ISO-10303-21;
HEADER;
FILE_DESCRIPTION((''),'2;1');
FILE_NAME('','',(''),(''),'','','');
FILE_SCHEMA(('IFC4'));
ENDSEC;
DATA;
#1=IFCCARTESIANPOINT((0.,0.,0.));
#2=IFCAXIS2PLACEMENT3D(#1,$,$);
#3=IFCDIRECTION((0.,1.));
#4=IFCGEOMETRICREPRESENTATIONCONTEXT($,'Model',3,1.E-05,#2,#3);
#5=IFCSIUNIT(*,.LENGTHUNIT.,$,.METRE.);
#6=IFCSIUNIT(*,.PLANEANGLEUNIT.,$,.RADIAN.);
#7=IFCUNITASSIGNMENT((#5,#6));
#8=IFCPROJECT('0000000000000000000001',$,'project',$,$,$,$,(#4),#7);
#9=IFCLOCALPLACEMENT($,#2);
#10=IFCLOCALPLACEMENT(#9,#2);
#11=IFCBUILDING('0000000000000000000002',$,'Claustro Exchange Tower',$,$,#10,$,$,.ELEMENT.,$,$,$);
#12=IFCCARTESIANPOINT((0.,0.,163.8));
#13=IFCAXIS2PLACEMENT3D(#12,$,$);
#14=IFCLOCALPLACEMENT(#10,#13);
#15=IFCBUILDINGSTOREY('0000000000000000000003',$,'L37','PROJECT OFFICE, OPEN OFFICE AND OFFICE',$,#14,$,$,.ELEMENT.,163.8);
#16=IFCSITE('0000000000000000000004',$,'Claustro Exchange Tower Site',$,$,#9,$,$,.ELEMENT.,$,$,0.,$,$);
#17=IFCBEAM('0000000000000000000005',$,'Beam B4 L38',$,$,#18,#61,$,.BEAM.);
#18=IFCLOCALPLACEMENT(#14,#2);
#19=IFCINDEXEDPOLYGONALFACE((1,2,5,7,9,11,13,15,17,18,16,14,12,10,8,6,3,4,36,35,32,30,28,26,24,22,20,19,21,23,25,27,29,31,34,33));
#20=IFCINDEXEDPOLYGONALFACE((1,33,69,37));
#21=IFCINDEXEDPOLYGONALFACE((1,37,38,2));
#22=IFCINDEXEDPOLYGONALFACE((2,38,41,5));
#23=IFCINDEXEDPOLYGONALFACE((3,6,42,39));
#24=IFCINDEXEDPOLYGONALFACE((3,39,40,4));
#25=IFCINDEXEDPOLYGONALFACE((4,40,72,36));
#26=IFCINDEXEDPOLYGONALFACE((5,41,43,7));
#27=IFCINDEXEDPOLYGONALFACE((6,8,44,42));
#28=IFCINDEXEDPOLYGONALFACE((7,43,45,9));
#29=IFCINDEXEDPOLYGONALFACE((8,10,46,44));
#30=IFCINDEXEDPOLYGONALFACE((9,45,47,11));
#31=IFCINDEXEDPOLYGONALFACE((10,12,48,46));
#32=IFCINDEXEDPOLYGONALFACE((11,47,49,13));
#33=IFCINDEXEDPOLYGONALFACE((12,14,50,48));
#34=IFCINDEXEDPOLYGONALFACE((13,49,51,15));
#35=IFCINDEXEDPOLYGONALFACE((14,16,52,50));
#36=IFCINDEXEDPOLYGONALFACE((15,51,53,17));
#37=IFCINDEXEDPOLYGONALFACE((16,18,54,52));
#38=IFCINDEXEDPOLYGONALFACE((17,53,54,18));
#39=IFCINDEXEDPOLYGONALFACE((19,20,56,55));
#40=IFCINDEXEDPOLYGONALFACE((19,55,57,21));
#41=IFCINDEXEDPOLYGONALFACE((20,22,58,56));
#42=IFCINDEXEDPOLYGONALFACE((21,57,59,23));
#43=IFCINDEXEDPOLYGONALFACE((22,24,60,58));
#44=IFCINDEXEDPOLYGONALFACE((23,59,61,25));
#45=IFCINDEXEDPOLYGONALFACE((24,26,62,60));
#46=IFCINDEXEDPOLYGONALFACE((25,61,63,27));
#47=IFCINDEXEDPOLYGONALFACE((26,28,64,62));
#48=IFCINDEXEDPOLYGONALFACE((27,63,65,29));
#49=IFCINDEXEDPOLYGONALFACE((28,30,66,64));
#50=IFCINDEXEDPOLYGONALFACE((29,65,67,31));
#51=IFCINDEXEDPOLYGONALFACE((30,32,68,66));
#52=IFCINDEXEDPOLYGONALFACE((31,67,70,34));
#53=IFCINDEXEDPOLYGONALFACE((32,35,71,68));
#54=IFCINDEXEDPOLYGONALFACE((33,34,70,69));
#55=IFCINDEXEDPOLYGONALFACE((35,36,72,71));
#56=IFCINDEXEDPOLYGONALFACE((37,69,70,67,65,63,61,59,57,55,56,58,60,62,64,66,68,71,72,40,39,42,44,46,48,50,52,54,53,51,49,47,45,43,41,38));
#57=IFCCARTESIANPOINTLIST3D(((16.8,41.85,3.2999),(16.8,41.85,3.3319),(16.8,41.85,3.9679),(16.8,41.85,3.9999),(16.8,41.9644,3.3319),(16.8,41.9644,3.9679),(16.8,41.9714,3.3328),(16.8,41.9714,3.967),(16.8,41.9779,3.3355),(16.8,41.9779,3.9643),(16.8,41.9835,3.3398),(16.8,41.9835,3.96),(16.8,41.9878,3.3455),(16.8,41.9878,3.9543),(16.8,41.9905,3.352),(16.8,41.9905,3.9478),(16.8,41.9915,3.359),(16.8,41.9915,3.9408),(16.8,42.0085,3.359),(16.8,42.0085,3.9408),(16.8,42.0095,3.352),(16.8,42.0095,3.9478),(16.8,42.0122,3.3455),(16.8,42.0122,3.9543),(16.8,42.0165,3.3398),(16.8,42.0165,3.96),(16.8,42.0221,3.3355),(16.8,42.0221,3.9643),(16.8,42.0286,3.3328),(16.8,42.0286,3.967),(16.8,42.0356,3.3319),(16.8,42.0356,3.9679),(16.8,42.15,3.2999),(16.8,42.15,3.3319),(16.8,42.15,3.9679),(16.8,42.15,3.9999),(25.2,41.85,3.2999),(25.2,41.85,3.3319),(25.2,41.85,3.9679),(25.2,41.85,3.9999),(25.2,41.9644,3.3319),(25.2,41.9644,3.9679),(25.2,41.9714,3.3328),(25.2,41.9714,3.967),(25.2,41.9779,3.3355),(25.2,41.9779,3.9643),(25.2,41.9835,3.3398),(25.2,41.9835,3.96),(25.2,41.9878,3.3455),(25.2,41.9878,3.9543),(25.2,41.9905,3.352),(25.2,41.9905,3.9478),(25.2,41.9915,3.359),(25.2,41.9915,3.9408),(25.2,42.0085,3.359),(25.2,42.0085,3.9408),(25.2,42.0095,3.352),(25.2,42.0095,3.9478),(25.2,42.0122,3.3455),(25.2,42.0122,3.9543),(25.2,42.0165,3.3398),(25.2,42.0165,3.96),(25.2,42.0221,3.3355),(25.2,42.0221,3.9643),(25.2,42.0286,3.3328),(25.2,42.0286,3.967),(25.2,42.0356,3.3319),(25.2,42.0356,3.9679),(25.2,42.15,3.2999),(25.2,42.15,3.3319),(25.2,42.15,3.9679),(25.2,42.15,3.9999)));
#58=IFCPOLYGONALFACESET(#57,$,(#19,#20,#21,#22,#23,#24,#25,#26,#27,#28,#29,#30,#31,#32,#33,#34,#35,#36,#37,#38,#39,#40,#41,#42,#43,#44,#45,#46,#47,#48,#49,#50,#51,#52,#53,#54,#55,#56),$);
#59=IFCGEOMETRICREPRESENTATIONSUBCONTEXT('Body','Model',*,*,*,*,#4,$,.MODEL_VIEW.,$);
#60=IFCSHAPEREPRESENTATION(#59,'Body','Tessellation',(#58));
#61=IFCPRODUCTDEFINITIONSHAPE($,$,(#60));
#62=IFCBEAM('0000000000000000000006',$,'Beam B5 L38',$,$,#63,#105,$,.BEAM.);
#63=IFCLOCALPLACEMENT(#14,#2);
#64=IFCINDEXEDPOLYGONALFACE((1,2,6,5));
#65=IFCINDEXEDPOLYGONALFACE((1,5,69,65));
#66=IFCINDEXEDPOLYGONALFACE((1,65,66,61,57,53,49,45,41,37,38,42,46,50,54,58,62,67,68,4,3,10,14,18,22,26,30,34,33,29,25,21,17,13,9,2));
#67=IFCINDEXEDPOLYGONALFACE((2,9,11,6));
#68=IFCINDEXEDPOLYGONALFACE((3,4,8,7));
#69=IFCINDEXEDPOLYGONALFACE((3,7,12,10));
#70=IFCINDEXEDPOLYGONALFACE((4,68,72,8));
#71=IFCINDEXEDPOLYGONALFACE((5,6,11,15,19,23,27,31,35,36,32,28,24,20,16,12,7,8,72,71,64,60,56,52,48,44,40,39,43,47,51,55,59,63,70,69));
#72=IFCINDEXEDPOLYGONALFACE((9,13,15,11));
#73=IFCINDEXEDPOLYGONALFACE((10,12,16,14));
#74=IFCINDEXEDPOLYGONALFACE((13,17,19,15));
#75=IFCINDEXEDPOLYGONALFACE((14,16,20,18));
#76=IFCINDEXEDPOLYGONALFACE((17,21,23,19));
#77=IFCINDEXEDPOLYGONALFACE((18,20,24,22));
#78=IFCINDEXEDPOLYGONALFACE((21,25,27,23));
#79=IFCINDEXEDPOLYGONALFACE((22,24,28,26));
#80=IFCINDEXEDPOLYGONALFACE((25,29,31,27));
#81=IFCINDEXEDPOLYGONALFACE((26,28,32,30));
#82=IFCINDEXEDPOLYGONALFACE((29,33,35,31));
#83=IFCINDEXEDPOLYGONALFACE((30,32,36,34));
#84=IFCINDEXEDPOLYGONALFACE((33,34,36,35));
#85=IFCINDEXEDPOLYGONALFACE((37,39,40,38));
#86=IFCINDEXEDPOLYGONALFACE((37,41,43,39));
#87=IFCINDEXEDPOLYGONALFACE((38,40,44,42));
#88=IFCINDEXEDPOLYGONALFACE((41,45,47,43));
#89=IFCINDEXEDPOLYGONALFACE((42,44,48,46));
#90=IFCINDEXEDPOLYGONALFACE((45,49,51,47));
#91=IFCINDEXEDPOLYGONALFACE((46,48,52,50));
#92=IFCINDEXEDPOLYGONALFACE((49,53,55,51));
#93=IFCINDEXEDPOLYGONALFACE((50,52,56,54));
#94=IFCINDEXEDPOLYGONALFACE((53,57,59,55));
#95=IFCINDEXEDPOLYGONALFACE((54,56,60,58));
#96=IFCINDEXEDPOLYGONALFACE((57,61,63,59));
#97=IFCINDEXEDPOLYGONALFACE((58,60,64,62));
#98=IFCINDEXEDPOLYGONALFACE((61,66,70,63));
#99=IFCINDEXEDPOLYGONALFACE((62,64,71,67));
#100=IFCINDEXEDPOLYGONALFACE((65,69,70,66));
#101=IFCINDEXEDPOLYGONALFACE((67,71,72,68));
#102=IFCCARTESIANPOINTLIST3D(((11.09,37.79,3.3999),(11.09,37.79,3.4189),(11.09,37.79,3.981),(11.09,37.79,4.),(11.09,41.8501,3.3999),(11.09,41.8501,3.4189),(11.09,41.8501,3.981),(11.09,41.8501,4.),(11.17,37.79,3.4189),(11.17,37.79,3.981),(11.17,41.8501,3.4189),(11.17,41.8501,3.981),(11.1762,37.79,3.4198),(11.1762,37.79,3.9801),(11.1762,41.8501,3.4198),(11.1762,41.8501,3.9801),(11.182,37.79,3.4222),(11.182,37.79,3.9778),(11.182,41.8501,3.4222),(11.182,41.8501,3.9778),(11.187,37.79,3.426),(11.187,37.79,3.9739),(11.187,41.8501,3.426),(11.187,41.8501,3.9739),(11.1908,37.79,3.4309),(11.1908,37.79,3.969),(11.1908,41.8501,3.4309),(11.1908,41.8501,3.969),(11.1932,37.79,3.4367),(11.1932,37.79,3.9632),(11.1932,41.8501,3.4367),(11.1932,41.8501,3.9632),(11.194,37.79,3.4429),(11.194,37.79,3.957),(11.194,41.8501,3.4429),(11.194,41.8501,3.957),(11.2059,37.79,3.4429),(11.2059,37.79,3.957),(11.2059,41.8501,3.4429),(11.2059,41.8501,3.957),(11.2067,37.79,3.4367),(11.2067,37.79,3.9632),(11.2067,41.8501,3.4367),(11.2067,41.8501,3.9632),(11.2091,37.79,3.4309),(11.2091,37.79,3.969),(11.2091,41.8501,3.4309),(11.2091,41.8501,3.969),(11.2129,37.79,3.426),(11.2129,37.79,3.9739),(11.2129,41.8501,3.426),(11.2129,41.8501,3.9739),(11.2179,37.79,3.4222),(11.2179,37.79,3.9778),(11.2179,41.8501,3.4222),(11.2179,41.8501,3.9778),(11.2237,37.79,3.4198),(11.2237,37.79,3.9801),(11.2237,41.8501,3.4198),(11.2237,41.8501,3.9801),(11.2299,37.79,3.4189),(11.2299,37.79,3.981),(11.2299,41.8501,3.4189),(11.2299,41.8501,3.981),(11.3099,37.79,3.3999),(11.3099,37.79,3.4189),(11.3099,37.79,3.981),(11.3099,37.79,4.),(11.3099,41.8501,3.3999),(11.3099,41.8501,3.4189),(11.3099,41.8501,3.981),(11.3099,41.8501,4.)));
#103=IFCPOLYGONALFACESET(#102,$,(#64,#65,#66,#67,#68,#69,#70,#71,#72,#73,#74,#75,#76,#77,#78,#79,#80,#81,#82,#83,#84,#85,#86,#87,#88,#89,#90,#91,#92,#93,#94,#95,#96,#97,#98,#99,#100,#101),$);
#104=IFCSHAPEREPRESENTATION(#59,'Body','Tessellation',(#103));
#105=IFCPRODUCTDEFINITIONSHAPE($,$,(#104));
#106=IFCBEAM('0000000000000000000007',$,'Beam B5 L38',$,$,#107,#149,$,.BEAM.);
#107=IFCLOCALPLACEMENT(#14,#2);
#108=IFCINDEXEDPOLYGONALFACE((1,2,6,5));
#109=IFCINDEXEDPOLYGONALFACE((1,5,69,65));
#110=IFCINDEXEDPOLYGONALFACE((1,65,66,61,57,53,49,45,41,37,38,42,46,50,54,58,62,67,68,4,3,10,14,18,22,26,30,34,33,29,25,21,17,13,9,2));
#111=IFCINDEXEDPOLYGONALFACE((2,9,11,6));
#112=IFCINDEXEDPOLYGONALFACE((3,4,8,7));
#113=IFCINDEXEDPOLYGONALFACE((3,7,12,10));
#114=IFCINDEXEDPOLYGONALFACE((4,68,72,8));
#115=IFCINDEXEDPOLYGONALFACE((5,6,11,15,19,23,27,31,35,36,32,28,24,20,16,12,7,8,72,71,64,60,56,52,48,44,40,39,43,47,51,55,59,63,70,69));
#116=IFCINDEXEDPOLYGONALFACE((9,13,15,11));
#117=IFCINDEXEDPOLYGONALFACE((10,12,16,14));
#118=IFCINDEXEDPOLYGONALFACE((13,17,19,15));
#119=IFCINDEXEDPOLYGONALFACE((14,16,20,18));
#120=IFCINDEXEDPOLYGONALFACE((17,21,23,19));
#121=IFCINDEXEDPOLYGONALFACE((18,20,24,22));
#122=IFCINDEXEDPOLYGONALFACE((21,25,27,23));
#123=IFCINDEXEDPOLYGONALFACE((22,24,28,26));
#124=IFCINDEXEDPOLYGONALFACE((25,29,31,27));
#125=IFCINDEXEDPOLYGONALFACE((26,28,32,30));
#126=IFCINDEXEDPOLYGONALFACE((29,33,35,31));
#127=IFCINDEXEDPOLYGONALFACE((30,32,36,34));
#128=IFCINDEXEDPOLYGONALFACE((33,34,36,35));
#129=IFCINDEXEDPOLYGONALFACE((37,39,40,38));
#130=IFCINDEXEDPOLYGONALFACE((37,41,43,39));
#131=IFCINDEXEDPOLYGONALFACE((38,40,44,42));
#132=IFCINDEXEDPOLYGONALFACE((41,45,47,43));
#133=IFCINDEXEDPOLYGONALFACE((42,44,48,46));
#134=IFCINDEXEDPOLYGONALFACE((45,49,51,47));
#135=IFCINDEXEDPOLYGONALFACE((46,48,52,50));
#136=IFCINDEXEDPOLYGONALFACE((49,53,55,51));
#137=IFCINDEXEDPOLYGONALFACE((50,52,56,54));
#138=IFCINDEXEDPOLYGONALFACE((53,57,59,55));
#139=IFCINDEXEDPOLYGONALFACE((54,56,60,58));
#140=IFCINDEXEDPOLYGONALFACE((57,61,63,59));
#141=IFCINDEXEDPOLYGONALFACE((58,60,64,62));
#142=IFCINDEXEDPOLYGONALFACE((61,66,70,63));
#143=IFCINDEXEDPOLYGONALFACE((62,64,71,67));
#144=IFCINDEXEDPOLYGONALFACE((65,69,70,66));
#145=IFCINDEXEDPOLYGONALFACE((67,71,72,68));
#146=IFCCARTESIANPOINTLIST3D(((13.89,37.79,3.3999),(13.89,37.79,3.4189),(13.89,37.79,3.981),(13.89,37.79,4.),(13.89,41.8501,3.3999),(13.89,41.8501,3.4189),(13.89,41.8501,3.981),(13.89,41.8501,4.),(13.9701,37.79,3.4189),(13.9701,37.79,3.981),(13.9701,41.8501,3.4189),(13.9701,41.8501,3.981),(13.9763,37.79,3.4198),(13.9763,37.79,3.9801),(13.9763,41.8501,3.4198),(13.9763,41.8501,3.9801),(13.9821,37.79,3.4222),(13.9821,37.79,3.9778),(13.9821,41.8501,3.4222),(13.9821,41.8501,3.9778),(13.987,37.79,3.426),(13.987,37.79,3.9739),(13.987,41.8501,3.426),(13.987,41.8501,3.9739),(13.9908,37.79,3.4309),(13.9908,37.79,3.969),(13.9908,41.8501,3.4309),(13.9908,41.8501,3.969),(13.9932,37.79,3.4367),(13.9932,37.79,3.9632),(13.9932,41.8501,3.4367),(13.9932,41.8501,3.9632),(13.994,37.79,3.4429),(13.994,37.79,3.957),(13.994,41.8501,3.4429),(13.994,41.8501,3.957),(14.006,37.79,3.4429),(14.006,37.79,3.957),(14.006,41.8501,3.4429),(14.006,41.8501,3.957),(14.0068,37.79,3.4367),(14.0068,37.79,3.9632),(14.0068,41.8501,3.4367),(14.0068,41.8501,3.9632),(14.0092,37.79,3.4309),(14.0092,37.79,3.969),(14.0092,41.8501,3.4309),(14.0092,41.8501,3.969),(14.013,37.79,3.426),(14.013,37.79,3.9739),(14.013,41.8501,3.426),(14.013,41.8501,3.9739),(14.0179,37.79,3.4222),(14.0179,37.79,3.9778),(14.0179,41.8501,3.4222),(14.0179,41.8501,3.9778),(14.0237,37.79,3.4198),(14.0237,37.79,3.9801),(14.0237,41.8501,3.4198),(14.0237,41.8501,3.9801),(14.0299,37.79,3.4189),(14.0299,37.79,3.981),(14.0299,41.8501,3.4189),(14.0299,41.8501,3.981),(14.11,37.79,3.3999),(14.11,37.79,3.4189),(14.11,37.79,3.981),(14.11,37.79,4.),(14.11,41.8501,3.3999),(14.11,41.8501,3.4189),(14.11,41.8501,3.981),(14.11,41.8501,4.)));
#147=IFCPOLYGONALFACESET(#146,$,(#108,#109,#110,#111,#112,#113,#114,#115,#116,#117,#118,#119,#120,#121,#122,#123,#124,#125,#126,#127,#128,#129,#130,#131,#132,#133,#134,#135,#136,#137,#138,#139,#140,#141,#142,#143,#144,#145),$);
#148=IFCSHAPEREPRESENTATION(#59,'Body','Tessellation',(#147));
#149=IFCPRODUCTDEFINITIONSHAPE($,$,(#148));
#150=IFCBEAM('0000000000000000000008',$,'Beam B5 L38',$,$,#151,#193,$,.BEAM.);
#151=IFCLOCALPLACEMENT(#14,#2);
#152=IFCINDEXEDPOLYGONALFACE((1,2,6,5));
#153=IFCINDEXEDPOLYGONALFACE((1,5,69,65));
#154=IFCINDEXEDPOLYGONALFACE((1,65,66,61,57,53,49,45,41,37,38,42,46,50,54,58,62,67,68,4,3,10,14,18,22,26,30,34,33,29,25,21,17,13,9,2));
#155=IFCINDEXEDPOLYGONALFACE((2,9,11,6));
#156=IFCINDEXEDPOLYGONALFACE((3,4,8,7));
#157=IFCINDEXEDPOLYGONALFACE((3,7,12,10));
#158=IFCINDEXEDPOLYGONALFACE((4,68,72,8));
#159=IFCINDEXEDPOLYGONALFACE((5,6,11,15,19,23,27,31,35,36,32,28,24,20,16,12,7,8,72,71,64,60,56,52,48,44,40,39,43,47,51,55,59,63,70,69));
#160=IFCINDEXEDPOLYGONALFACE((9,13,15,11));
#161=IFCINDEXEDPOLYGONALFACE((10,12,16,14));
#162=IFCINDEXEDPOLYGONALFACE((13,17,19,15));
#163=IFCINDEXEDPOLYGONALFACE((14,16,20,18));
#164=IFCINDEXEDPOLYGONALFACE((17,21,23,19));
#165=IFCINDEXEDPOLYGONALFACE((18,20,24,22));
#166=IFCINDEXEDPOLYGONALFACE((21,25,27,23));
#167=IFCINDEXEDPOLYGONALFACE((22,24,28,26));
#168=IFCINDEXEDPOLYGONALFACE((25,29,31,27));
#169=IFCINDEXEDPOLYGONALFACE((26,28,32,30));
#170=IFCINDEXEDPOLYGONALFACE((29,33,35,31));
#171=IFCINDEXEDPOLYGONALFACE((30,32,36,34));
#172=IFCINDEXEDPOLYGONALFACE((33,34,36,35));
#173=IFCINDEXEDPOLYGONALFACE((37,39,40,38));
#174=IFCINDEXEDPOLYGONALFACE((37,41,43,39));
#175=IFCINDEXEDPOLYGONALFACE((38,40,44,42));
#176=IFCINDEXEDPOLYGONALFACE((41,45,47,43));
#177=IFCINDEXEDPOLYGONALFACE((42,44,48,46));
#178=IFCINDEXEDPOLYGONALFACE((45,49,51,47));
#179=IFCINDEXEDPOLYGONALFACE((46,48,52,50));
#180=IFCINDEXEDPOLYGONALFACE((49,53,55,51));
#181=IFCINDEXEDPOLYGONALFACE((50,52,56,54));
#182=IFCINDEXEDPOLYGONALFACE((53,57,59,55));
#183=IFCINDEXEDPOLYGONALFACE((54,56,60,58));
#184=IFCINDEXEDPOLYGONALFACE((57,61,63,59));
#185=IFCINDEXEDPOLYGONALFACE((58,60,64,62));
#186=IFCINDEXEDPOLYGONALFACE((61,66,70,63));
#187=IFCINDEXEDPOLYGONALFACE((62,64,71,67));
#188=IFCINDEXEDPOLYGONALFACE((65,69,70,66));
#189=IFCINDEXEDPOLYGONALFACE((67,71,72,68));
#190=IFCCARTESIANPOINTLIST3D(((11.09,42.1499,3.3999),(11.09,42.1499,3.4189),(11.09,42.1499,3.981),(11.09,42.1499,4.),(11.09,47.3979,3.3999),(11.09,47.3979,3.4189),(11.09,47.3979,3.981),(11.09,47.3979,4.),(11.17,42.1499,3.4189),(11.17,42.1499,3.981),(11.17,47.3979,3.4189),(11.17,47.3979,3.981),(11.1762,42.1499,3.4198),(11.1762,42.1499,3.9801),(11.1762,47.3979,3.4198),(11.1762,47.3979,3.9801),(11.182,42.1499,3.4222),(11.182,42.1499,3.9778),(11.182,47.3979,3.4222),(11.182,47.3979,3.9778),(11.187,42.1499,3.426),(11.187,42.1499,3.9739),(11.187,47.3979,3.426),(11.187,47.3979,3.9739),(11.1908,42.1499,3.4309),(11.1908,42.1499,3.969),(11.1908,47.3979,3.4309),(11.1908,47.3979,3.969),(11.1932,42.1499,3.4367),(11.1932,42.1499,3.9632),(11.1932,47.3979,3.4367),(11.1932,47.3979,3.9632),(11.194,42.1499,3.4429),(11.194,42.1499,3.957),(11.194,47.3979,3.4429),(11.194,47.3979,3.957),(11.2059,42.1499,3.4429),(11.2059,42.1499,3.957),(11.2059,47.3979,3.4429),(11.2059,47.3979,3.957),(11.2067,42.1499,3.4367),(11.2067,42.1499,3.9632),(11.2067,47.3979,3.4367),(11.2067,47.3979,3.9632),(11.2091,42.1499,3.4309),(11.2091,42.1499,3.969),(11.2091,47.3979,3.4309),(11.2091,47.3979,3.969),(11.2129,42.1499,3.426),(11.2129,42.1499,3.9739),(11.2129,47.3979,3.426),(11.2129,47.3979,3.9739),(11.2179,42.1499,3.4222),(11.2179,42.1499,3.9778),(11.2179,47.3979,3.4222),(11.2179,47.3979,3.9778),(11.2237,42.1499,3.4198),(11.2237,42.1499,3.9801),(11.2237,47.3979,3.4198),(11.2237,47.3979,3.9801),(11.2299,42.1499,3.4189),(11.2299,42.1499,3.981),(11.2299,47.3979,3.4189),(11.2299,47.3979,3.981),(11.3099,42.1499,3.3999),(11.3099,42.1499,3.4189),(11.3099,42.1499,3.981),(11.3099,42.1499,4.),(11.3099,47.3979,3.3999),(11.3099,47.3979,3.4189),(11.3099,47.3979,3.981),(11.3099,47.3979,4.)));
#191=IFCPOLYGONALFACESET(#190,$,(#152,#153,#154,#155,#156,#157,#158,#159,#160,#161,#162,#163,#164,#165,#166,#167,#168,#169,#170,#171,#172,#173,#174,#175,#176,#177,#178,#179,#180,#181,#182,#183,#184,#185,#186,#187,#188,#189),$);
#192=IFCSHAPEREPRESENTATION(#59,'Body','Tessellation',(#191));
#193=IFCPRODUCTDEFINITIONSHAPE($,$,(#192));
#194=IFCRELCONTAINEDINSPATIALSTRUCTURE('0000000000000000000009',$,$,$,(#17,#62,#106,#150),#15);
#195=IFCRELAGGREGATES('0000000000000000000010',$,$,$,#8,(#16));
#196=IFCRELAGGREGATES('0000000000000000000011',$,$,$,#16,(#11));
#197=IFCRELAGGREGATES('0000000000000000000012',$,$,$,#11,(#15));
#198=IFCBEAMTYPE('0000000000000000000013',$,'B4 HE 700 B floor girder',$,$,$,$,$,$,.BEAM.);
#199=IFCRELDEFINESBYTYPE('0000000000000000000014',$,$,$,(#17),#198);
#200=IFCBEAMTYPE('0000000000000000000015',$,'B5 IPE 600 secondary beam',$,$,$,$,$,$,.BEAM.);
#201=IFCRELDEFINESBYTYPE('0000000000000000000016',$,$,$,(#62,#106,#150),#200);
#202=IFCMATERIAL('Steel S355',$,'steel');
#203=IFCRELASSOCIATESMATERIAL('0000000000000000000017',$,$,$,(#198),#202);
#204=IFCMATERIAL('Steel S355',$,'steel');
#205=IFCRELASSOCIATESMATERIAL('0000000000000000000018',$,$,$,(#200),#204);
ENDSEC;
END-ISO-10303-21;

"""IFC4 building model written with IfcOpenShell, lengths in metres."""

from ifc_helpers import new_model, si_unit, direction, frame, origin, origin_2d, place, context, subcontext, project, spatial, i_section, extrude, material, material_profile, profile_set, type_object, element, save


model = new_model("IFC4")

# Units and contexts
model_context = context("Model", 3, precision=1e-05, world=origin(), true_north=direction((0.0, 1.0)))
body_context = subcontext(model_context, "Body", "Model", "MODEL_VIEW")
ifc_project = project(units=[si_unit("LENGTHUNIT", "METRE"), si_unit("PLANEANGLEUNIT", "RADIAN")], contexts=[model_context])

# Site, building, storey
site_placement = place(None, origin())
site = spatial("IfcSite", under=ifc_project, at=site_placement, Name="Claustro Exchange Tower Site", CompositionType="ELEMENT", RefElevation=0.0)
building_placement = place(site_placement, origin())
building = spatial("IfcBuilding", under=site, at=building_placement, Name="Claustro Exchange Tower", CompositionType="ELEMENT")
storey_placement = place(building_placement, frame((0.0, 0.0, 163.8)))
storey = spatial("IfcBuildingStorey", under=building, at=storey_placement, Name="L37", Description="PROJECT OFFICE, OPEN OFFICE AND OFFICE", CompositionType="ELEMENT", Elevation=163.8)

# Beams
ifc_material_1 = material(Name="Steel S355", Category="steel")
ifc_material_profile_1 = material_profile(ifc_material_1, i_section(OverallWidth=0.3, OverallDepth=0.7, WebThickness=0.0171, FlangeThickness=0.032, FilletRadius=0.0271, at=origin_2d()), Name="HE 700 B")
ifc_profile_set_1 = profile_set([ifc_material_profile_1], Name="Steel S355")
beam_type_1 = type_object("IfcBeamType", Name="B4 HE 700 B floor girder", PredefinedType="BEAM", material=ifc_profile_set_1)
beam_1_placement = place(storey_placement, frame((16.8, 42.0, 3.6499), z_axis=(1.0, 0.0, 0.0), x_axis=(0.0, 1.0, 0.0)))
element("IfcBeam", 1, at=beam_1_placement, inside=storey, type_object=beam_type_1, Name="Beam B4 L38", PredefinedType="BEAM", context=body_context, shape_type="SweptSolid", body=[
    extrude(i_section(OverallWidth=0.3, OverallDepth=0.7, WebThickness=0.0171, FlangeThickness=0.032, FilletRadius=0.0271, at=origin_2d()), origin(), (0.0, 0.0, 1.0), 8.3999),
])
ifc_material_2 = material(Name="Steel S355", Category="steel")
ifc_material_profile_2 = material_profile(ifc_material_2, i_section(OverallWidth=0.22, OverallDepth=0.6001, WebThickness=0.012, FlangeThickness=0.019, FilletRadius=0.0239, at=origin_2d()), Name="IPE 600")
ifc_profile_set_2 = profile_set([ifc_material_profile_2], Name="Steel S355")
beam_type_2 = type_object("IfcBeamType", Name="B5 IPE 600 secondary beam", PredefinedType="BEAM", material=ifc_profile_set_2)
for number, where, z_axis, x_axis, name in (
    (2, (11.2, 37.79, 3.7), (0.0, 1.0, 0.0), (-1.0, 0.0, 0.0), "Beam B5 L38"),
    (3, (14.0, 37.79, 3.7), (0.0, 1.0, 0.0), (-1.0, 0.0, 0.0), "Beam B5 L38"),
):
    element("IfcBeam", number, at=place(storey_placement, frame(where, z_axis=z_axis, x_axis=x_axis)), inside=storey, type_object=beam_type_2, Name=name, PredefinedType="BEAM", context=body_context, shape_type="SweptSolid", body=[
        extrude(i_section(OverallWidth=0.22, OverallDepth=0.6001, WebThickness=0.012, FlangeThickness=0.019, FilletRadius=0.0239, at=origin_2d()), origin(), (0.0, 0.0, 1.0), 4.0601),
    ])
for number, where, z_axis, x_axis, name in (
    (4, (11.2, 42.1499, 3.7), (0.0, 1.0, 0.0), (-1.0, 0.0, 0.0), "Beam B5 L38"),
):
    element("IfcBeam", number, at=place(storey_placement, frame(where, z_axis=z_axis, x_axis=x_axis)), inside=storey, type_object=beam_type_2, Name=name, PredefinedType="BEAM", context=body_context, shape_type="SweptSolid", body=[
        extrude(i_section(OverallWidth=0.22, OverallDepth=0.6001, WebThickness=0.012, FlangeThickness=0.019, FilletRadius=0.0239, at=origin_2d()), origin(), (0.0, 0.0, 1.0), 5.248),
    ])

save(model, "model.ifc")
